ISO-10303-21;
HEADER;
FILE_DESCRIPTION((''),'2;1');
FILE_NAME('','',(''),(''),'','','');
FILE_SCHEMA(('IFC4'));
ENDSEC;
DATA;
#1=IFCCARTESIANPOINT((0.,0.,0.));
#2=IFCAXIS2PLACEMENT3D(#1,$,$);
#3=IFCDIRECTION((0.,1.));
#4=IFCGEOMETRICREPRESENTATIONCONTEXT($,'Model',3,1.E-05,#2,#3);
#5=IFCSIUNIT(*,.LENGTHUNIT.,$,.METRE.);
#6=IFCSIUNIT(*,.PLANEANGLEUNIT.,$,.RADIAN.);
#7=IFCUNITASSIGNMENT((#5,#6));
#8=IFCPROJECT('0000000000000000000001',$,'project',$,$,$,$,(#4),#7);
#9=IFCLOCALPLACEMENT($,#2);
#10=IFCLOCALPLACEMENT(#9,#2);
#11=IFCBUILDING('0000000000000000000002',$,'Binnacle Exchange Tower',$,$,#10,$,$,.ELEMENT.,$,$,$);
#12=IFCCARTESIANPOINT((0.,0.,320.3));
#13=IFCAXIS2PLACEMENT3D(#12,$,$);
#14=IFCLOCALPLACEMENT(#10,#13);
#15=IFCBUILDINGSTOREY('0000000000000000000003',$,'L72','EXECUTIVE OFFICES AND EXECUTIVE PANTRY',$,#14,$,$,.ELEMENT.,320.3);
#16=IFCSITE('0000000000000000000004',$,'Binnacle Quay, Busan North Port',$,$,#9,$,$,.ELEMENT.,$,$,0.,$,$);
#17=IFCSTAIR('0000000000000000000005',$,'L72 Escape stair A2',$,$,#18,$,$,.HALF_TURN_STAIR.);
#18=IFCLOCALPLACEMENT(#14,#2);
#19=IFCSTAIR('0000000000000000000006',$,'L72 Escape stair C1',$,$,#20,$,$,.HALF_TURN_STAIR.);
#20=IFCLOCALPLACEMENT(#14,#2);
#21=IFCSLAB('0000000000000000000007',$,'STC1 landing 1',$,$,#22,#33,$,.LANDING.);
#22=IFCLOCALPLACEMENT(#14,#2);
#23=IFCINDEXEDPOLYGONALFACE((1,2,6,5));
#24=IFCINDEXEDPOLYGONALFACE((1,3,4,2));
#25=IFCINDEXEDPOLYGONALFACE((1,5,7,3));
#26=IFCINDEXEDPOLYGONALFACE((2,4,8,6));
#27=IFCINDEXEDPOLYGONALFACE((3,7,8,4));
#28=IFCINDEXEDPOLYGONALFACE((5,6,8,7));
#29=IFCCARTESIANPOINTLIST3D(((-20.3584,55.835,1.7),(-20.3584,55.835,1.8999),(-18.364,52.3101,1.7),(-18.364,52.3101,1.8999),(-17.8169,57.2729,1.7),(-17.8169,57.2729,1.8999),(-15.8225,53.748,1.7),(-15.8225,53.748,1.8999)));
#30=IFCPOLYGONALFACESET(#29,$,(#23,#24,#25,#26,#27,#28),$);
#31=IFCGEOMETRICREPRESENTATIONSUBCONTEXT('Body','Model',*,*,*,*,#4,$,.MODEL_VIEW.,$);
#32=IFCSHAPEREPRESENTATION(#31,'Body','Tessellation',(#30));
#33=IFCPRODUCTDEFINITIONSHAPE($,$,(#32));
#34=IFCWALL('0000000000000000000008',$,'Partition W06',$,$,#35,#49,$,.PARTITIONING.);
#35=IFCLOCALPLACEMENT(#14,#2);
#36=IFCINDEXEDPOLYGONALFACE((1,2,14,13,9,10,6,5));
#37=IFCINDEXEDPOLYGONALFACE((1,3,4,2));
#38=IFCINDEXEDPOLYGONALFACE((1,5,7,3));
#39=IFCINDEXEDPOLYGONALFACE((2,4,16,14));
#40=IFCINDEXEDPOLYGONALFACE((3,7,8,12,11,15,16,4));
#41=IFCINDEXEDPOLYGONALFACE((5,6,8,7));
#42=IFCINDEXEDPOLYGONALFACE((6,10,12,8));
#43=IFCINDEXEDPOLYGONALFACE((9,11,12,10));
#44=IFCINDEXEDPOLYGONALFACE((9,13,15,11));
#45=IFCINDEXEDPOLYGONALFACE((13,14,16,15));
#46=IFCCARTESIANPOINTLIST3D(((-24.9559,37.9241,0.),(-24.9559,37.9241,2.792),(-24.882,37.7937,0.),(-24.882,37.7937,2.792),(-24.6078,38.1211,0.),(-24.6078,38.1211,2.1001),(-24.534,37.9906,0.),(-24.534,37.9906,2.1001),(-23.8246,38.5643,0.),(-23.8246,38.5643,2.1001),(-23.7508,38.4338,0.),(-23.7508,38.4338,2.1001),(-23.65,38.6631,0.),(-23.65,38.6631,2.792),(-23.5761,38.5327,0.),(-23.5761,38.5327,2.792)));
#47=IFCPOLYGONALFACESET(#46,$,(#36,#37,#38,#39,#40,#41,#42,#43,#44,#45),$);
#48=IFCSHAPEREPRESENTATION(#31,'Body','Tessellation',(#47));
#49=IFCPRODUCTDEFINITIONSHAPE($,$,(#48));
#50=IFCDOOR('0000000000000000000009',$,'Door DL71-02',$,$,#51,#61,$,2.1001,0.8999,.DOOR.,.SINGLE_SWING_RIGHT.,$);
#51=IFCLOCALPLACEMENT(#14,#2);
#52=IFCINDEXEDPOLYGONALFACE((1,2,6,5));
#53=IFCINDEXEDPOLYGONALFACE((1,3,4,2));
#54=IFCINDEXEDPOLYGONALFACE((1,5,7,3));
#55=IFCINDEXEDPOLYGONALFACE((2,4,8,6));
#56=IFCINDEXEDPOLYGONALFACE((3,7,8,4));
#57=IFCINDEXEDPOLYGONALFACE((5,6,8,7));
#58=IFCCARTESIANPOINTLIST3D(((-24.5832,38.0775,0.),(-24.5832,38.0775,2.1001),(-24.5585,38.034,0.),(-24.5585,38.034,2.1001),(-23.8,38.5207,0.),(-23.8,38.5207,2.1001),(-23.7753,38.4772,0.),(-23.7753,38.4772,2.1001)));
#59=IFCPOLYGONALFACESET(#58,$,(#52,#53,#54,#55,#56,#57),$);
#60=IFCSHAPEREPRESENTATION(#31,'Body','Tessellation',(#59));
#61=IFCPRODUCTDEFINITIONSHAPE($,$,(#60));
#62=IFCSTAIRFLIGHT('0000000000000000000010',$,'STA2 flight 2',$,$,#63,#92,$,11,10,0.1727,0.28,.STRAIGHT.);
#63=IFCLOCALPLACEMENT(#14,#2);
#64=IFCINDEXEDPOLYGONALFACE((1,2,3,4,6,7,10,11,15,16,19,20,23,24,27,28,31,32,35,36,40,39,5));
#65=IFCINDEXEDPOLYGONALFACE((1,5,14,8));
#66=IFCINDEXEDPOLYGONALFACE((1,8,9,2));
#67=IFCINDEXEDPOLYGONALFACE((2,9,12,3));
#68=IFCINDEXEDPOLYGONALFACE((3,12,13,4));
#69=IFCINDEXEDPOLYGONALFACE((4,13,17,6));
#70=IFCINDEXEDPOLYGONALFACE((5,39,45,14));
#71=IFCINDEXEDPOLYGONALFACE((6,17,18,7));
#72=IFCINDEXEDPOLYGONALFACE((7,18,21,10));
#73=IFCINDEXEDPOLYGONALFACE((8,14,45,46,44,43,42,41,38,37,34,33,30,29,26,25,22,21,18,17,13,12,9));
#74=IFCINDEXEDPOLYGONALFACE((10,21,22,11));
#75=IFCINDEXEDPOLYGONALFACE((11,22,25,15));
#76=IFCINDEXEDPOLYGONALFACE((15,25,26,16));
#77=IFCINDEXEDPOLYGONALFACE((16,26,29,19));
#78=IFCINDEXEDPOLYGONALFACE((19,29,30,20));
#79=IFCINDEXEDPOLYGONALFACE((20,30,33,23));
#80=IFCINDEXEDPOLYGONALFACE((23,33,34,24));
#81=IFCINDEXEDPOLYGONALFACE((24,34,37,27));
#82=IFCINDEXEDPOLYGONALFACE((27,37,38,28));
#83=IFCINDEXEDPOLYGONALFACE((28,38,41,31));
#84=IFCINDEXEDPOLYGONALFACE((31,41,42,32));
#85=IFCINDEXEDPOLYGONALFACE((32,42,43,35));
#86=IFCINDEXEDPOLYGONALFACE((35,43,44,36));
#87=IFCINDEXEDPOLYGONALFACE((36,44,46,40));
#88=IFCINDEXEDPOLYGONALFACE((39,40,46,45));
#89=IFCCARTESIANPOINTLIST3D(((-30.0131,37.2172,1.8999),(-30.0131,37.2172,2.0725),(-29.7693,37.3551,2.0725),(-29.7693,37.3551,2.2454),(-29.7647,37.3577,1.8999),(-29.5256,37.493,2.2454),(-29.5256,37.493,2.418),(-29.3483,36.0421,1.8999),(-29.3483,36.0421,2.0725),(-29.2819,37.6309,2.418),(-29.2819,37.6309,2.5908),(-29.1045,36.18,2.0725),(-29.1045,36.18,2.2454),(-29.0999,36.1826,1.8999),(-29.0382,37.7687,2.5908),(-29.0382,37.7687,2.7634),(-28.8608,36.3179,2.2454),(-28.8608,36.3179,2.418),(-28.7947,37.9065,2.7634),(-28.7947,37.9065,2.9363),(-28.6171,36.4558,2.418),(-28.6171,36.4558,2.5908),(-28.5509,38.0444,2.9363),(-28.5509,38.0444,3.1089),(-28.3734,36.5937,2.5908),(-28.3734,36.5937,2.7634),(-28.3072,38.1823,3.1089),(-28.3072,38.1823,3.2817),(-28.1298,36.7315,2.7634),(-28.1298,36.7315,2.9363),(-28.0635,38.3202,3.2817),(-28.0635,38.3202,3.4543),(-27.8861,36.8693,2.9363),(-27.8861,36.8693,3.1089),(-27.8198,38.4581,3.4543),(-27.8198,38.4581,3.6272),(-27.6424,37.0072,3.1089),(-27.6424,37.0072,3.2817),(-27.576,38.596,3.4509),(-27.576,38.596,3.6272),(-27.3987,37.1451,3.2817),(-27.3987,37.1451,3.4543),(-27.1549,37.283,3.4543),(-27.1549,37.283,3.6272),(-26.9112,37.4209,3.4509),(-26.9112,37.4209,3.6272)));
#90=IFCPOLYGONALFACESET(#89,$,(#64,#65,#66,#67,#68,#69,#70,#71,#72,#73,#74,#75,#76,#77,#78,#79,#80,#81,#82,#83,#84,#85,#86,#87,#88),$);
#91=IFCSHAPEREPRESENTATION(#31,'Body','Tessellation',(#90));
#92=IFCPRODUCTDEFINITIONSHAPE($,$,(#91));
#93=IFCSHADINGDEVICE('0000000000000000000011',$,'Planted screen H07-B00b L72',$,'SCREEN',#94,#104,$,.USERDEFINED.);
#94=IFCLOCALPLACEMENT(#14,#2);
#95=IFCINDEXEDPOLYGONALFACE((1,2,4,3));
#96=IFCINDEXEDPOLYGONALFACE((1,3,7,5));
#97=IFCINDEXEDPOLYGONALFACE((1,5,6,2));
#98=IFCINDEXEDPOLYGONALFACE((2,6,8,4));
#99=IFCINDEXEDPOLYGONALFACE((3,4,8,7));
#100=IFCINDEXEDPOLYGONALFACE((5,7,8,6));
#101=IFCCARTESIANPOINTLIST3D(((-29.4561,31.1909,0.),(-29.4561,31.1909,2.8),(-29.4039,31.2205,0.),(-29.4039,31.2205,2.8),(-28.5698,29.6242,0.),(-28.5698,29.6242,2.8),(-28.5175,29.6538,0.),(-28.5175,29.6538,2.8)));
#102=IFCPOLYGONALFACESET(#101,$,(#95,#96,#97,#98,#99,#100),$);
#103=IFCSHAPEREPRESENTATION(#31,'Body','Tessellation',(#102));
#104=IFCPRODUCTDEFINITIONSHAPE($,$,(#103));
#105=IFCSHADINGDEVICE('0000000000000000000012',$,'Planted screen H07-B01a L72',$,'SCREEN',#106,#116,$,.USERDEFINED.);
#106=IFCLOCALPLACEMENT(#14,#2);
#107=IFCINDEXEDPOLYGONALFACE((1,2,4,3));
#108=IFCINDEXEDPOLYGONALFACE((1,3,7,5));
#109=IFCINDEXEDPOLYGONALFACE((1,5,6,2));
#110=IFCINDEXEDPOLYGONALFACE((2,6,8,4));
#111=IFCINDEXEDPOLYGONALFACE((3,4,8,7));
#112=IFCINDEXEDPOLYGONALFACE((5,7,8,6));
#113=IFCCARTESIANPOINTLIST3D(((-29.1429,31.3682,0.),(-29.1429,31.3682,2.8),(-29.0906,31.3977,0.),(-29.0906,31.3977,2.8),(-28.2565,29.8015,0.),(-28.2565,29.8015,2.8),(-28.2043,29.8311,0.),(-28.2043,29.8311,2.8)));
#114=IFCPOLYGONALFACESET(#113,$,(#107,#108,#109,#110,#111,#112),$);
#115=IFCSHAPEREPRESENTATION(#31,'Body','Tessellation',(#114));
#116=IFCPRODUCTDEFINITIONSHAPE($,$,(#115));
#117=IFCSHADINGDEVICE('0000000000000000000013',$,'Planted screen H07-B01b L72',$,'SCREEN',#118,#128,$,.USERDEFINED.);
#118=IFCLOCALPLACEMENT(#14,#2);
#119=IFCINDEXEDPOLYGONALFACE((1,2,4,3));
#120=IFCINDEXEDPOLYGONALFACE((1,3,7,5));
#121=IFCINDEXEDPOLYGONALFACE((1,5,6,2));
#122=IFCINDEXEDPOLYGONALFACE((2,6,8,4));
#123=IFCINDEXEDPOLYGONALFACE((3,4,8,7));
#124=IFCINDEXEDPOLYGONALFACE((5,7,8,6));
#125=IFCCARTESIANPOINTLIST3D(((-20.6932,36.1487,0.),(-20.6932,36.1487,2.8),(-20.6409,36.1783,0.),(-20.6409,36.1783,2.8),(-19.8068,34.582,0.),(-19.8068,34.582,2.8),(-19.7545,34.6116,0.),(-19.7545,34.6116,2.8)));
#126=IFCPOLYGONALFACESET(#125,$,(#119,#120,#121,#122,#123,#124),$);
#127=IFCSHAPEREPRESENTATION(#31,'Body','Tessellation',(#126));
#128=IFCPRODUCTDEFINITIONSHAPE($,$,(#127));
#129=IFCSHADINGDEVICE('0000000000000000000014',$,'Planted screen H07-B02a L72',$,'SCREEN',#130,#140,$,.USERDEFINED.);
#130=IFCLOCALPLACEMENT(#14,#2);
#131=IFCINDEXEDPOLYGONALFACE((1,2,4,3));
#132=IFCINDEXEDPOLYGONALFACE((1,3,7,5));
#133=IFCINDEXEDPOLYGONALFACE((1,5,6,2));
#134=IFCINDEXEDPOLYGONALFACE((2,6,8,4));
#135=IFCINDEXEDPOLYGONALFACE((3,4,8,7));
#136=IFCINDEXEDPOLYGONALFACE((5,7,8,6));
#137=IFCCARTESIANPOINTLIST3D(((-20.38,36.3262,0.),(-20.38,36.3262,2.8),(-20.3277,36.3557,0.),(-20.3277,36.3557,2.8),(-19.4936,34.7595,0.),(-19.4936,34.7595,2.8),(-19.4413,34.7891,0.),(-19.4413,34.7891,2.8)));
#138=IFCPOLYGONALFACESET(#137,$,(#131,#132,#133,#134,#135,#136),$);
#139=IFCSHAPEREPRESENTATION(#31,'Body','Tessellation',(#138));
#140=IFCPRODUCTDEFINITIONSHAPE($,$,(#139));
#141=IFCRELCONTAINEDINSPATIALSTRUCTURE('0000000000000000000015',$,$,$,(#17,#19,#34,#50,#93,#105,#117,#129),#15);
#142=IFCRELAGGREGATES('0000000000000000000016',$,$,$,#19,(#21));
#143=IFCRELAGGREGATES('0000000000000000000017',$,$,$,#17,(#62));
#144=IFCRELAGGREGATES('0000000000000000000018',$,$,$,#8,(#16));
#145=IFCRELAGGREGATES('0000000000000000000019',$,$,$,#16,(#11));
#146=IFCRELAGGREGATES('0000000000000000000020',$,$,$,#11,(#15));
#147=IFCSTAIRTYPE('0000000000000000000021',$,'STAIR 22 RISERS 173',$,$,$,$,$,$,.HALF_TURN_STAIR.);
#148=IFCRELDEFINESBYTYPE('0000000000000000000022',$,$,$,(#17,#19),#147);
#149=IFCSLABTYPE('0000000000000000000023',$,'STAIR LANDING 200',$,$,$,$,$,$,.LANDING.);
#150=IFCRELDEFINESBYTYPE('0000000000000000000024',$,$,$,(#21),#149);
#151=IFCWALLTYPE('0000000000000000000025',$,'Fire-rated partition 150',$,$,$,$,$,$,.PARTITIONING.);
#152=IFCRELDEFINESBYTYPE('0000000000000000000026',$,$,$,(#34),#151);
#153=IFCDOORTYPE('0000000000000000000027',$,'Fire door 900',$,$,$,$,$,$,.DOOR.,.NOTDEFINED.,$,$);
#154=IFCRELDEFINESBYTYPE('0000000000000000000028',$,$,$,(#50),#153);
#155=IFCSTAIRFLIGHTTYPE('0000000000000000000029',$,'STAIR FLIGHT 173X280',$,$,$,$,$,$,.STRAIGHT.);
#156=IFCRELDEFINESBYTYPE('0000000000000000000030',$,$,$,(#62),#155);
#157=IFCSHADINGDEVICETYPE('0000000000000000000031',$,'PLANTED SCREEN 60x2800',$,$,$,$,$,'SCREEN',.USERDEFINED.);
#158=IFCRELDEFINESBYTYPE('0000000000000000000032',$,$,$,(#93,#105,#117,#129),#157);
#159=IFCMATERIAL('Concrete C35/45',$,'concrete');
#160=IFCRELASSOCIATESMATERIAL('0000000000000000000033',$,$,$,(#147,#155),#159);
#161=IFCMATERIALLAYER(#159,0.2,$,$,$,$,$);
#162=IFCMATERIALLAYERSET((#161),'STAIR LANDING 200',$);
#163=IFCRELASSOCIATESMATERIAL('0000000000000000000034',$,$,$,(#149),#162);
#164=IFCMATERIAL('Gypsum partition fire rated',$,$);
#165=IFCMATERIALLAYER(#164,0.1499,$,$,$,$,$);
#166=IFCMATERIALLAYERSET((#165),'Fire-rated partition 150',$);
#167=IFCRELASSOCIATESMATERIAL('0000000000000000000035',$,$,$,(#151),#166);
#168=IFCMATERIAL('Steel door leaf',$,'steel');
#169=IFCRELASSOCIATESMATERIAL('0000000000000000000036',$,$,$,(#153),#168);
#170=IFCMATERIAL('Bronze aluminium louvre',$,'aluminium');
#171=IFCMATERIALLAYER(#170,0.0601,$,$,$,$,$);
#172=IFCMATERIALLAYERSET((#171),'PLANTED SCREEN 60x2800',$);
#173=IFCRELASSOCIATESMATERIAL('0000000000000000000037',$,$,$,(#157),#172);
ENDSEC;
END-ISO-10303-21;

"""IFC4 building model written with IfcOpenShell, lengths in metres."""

from ifc_helpers import new_model, si_unit, direction, frame, frame_2d, origin, origin_2d, place, context, subcontext, project, spatial, polyline, rectangle, outline, extrude, material, layer, layer_set, type_object, element, fill, aggregate, save


model = new_model("IFC4")

# Units and contexts
model_context = context("Model", 3, precision=1e-05, world=origin(), true_north=direction((0.0, 1.0)))
body_context = subcontext(model_context, "Body", "Model", "MODEL_VIEW")
ifc_project = project(units=[si_unit("LENGTHUNIT", "METRE"), si_unit("PLANEANGLEUNIT", "RADIAN")], contexts=[model_context])

# Site, building, storey
site_placement = place(None, origin())
site = spatial("IfcSite", under=ifc_project, at=site_placement, Name="Binnacle Quay, Busan North Port", CompositionType="ELEMENT", RefElevation=0.0)
building_placement = place(site_placement, origin())
building = spatial("IfcBuilding", under=site, at=building_placement, Name="Binnacle Exchange Tower", CompositionType="ELEMENT")
storey_placement = place(building_placement, frame((0.0, 0.0, 320.3)))
storey = spatial("IfcBuildingStorey", under=building, at=storey_placement, Name="L72", Description="EXECUTIVE OFFICES AND EXECUTIVE PANTRY", CompositionType="ELEMENT", Elevation=320.3)

# Shared definitions
ifc_material_1 = material(Name="Concrete C35/45", Category="concrete")

# Stairs, slab
stair_type = type_object("IfcStairType", Name="STAIR 22 RISERS 173", PredefinedType="HALF_TURN_STAIR", material=ifc_material_1)
ifc_layer_1 = layer(ifc_material_1, 0.2)
ifc_layer_set_1 = layer_set([ifc_layer_1], Name="STAIR LANDING 200")
slab_type_1 = type_object("IfcSlabType", Name="STAIR LANDING 200", PredefinedType="LANDING", material=ifc_layer_set_1)
stair_1_placement = place(storey_placement, origin())
stair_1 = element("IfcStair", 1, at=stair_1_placement, inside=storey, type_object=stair_type, Name="L72 Escape stair A2", PredefinedType="HALF_TURN_STAIR")
stair_2_placement = place(storey_placement, origin())
stair_2 = element("IfcStair", 2, at=stair_2_placement, inside=storey, type_object=stair_type, Name="L72 Escape stair C1", PredefinedType="HALF_TURN_STAIR")
slab_1_placement = place(storey_placement, frame((0.0, 0.0, 1.7)))
slab_1 = element("IfcSlab", 3, at=slab_1_placement, type_object=slab_type_1, Name="STC1 landing 1", PredefinedType="LANDING", context=body_context, shape_type="SweptSolid", body=[
    extrude(outline(polyline([(-18.364, 52.3101), (-15.8225, 53.748), (-17.8169, 57.2729), (-20.3584, 55.835), (-18.364, 52.3101)])), origin(), (0.0, 0.0, 1.0), 0.2),
])
aggregate(stair_2, [slab_1])

# Wall, opening, door
ifc_material_2 = material(Name="Gypsum partition fire rated")
ifc_layer_2 = layer(ifc_material_2, 0.1499)
ifc_layer_set_2 = layer_set([ifc_layer_2], Name="Fire-rated partition 150")
wall_type = type_object("IfcWallType", Name="Fire-rated partition 150", PredefinedType="PARTITIONING", material=ifc_layer_set_2)
wall_placement = place(storey_placement, frame((-24.9189, 37.8589, 0.0), z_axis=(0.0, 0.0, 1.0), x_axis=(0.870308, 0.492508, 0.0)))
wall = element("IfcWall", 4, at=wall_placement, inside=storey, type_object=wall_type, Name="Partition W06", PredefinedType="PARTITIONING", context=body_context, shape_type="SweptSolid", body=[
    extrude(rectangle(XDim=1.5005, YDim=0.1499, at=frame_2d((0.7502, 0.0))), origin(), (0.0, 0.0, 1.0), 2.792),
])
opening_placement = place(wall_placement, frame((0.3999, 0.0, 0.0)))
opening = element("IfcOpeningElement", 5, at=opening_placement, cuts=wall, PredefinedType="OPENING", context=body_context, shape_type="SweptSolid", body=[
    extrude(rectangle(XDim=0.8999, YDim=2.1001, at=frame_2d((0.45, 1.05))), frame((0.0, 0.085, 0.0), z_axis=(0.0, -1.0, 0.0), x_axis=(1.0, 0.0, 0.0)), (0.0, 0.0, 1.0), 0.1699),
])
ifc_material_3 = material(Name="Steel door leaf", Category="steel")
door_type = type_object("IfcDoorType", Name="Fire door 900", OperationType="NOTDEFINED", PredefinedType="DOOR", material=ifc_material_3)
door_placement = place(opening_placement, origin())
door = element("IfcDoor", 6, at=door_placement, inside=storey, type_object=door_type, Name="Door DL71-02", OperationType="SINGLE_SWING_RIGHT", OverallHeight=2.1001, OverallWidth=0.8999, PredefinedType="DOOR", context=body_context, shape_type="SweptSolid", body=[
    extrude(rectangle(XDim=0.8999, YDim=2.1001, at=frame_2d((0.45, 1.05))), frame((0.0, 0.0249, 0.0), z_axis=(0.0, -1.0, 0.0), x_axis=(1.0, 0.0, 0.0)), (0.0, 0.0, 1.0), 0.05),
])
fill(opening, door)

# Stair flight
stair_flight_type = type_object("IfcStairFlightType", Name="STAIR FLIGHT 173X280", PredefinedType="STRAIGHT", material=ifc_material_1)
stair_flight_placement = place(storey_placement, frame((-29.6807, 36.6296, 1.8999), z_axis=(0.0, 0.0, 1.0), x_axis=(0.870356, 0.492424, 0.0)))
stair_flight = element("IfcStairFlight", 7, at=stair_flight_placement, type_object=stair_flight_type, Name="STA2 flight 2", NumberOfRisers=11, NumberOfTreads=10, PredefinedType="STRAIGHT", RiserHeight=0.1727, TreadLength=0.28, context=body_context, shape_type="SweptSolid", body=[
    extrude(outline(polyline([(0.0, 0.0), (0.0, 0.1726), (0.28, 0.1726), (0.28, 0.3455), (0.5601, 0.3455), (0.5601, 0.5181), (0.8401, 0.5181), (0.8401, 0.6909), (1.1201, 0.6909), (1.1201, 0.8635), (1.3999, 0.8635), (1.3999, 1.0364), (1.6799, 1.0364), (1.6799, 1.209), (1.96, 1.209), (1.96, 1.3818), (2.24, 1.3818), (2.24, 1.5544), (2.52, 1.5544), (2.52, 1.7273), (2.8, 1.7273), (2.8, 1.8999), (2.8, 1.551), (0.2854, 0.0), (0.0, 0.0)])), frame((0.0, 0.675, 0.0), z_axis=(0.0, -1.0, 0.0), x_axis=(1.0, 0.0, 0.0)), (0.0, 0.0, 1.0), 1.3501),
])
aggregate(stair_1, [stair_flight])

# Shading devices
ifc_material_4 = material(Name="Bronze aluminium louvre", Category="aluminium")
ifc_layer_3 = layer(ifc_material_4, 0.0601)
ifc_layer_set_3 = layer_set([ifc_layer_3], Name="PLANTED SCREEN 60x2800")
shading_device_type = type_object("IfcShadingDeviceType", Name="PLANTED SCREEN 60x2800", ElementType="SCREEN", PredefinedType="USERDEFINED", material=ifc_layer_set_3)
for number, where, z_axis, x_axis, name in (
    (8, (-28.9868, 30.4224, 0.0), (0.0, 0.0, 1.0), (0.870356, 0.492424, 0.0), "Planted screen H07-B00b L72"),
    (9, (-28.6736, 30.5996, 0.0), (0.0, 0.0, 1.0), (0.870356, 0.492424, 0.0), "Planted screen H07-B01a L72"),
    (10, (-20.2239, 35.3801, 0.0), (0.0, 0.0, 1.0), (0.870356, 0.492424, 0.0), "Planted screen H07-B01b L72"),
    (11, (-19.9106, 35.5576, 0.0), (0.0, 0.0, 1.0), (0.870356, 0.492424, 0.0), "Planted screen H07-B02a L72"),
):
    element("IfcShadingDevice", number, at=place(storey_placement, frame(where, z_axis=z_axis, x_axis=x_axis)), inside=storey, type_object=shading_device_type, Name=name, ObjectType="SCREEN", PredefinedType="USERDEFINED", context=body_context, shape_type="SweptSolid", body=[
        extrude(rectangle(XDim=0.0601, YDim=1.8, at=origin_2d()), origin(), (0.0, 0.0, 1.0), 2.8),
    ])

save(model, "model.ifc")
